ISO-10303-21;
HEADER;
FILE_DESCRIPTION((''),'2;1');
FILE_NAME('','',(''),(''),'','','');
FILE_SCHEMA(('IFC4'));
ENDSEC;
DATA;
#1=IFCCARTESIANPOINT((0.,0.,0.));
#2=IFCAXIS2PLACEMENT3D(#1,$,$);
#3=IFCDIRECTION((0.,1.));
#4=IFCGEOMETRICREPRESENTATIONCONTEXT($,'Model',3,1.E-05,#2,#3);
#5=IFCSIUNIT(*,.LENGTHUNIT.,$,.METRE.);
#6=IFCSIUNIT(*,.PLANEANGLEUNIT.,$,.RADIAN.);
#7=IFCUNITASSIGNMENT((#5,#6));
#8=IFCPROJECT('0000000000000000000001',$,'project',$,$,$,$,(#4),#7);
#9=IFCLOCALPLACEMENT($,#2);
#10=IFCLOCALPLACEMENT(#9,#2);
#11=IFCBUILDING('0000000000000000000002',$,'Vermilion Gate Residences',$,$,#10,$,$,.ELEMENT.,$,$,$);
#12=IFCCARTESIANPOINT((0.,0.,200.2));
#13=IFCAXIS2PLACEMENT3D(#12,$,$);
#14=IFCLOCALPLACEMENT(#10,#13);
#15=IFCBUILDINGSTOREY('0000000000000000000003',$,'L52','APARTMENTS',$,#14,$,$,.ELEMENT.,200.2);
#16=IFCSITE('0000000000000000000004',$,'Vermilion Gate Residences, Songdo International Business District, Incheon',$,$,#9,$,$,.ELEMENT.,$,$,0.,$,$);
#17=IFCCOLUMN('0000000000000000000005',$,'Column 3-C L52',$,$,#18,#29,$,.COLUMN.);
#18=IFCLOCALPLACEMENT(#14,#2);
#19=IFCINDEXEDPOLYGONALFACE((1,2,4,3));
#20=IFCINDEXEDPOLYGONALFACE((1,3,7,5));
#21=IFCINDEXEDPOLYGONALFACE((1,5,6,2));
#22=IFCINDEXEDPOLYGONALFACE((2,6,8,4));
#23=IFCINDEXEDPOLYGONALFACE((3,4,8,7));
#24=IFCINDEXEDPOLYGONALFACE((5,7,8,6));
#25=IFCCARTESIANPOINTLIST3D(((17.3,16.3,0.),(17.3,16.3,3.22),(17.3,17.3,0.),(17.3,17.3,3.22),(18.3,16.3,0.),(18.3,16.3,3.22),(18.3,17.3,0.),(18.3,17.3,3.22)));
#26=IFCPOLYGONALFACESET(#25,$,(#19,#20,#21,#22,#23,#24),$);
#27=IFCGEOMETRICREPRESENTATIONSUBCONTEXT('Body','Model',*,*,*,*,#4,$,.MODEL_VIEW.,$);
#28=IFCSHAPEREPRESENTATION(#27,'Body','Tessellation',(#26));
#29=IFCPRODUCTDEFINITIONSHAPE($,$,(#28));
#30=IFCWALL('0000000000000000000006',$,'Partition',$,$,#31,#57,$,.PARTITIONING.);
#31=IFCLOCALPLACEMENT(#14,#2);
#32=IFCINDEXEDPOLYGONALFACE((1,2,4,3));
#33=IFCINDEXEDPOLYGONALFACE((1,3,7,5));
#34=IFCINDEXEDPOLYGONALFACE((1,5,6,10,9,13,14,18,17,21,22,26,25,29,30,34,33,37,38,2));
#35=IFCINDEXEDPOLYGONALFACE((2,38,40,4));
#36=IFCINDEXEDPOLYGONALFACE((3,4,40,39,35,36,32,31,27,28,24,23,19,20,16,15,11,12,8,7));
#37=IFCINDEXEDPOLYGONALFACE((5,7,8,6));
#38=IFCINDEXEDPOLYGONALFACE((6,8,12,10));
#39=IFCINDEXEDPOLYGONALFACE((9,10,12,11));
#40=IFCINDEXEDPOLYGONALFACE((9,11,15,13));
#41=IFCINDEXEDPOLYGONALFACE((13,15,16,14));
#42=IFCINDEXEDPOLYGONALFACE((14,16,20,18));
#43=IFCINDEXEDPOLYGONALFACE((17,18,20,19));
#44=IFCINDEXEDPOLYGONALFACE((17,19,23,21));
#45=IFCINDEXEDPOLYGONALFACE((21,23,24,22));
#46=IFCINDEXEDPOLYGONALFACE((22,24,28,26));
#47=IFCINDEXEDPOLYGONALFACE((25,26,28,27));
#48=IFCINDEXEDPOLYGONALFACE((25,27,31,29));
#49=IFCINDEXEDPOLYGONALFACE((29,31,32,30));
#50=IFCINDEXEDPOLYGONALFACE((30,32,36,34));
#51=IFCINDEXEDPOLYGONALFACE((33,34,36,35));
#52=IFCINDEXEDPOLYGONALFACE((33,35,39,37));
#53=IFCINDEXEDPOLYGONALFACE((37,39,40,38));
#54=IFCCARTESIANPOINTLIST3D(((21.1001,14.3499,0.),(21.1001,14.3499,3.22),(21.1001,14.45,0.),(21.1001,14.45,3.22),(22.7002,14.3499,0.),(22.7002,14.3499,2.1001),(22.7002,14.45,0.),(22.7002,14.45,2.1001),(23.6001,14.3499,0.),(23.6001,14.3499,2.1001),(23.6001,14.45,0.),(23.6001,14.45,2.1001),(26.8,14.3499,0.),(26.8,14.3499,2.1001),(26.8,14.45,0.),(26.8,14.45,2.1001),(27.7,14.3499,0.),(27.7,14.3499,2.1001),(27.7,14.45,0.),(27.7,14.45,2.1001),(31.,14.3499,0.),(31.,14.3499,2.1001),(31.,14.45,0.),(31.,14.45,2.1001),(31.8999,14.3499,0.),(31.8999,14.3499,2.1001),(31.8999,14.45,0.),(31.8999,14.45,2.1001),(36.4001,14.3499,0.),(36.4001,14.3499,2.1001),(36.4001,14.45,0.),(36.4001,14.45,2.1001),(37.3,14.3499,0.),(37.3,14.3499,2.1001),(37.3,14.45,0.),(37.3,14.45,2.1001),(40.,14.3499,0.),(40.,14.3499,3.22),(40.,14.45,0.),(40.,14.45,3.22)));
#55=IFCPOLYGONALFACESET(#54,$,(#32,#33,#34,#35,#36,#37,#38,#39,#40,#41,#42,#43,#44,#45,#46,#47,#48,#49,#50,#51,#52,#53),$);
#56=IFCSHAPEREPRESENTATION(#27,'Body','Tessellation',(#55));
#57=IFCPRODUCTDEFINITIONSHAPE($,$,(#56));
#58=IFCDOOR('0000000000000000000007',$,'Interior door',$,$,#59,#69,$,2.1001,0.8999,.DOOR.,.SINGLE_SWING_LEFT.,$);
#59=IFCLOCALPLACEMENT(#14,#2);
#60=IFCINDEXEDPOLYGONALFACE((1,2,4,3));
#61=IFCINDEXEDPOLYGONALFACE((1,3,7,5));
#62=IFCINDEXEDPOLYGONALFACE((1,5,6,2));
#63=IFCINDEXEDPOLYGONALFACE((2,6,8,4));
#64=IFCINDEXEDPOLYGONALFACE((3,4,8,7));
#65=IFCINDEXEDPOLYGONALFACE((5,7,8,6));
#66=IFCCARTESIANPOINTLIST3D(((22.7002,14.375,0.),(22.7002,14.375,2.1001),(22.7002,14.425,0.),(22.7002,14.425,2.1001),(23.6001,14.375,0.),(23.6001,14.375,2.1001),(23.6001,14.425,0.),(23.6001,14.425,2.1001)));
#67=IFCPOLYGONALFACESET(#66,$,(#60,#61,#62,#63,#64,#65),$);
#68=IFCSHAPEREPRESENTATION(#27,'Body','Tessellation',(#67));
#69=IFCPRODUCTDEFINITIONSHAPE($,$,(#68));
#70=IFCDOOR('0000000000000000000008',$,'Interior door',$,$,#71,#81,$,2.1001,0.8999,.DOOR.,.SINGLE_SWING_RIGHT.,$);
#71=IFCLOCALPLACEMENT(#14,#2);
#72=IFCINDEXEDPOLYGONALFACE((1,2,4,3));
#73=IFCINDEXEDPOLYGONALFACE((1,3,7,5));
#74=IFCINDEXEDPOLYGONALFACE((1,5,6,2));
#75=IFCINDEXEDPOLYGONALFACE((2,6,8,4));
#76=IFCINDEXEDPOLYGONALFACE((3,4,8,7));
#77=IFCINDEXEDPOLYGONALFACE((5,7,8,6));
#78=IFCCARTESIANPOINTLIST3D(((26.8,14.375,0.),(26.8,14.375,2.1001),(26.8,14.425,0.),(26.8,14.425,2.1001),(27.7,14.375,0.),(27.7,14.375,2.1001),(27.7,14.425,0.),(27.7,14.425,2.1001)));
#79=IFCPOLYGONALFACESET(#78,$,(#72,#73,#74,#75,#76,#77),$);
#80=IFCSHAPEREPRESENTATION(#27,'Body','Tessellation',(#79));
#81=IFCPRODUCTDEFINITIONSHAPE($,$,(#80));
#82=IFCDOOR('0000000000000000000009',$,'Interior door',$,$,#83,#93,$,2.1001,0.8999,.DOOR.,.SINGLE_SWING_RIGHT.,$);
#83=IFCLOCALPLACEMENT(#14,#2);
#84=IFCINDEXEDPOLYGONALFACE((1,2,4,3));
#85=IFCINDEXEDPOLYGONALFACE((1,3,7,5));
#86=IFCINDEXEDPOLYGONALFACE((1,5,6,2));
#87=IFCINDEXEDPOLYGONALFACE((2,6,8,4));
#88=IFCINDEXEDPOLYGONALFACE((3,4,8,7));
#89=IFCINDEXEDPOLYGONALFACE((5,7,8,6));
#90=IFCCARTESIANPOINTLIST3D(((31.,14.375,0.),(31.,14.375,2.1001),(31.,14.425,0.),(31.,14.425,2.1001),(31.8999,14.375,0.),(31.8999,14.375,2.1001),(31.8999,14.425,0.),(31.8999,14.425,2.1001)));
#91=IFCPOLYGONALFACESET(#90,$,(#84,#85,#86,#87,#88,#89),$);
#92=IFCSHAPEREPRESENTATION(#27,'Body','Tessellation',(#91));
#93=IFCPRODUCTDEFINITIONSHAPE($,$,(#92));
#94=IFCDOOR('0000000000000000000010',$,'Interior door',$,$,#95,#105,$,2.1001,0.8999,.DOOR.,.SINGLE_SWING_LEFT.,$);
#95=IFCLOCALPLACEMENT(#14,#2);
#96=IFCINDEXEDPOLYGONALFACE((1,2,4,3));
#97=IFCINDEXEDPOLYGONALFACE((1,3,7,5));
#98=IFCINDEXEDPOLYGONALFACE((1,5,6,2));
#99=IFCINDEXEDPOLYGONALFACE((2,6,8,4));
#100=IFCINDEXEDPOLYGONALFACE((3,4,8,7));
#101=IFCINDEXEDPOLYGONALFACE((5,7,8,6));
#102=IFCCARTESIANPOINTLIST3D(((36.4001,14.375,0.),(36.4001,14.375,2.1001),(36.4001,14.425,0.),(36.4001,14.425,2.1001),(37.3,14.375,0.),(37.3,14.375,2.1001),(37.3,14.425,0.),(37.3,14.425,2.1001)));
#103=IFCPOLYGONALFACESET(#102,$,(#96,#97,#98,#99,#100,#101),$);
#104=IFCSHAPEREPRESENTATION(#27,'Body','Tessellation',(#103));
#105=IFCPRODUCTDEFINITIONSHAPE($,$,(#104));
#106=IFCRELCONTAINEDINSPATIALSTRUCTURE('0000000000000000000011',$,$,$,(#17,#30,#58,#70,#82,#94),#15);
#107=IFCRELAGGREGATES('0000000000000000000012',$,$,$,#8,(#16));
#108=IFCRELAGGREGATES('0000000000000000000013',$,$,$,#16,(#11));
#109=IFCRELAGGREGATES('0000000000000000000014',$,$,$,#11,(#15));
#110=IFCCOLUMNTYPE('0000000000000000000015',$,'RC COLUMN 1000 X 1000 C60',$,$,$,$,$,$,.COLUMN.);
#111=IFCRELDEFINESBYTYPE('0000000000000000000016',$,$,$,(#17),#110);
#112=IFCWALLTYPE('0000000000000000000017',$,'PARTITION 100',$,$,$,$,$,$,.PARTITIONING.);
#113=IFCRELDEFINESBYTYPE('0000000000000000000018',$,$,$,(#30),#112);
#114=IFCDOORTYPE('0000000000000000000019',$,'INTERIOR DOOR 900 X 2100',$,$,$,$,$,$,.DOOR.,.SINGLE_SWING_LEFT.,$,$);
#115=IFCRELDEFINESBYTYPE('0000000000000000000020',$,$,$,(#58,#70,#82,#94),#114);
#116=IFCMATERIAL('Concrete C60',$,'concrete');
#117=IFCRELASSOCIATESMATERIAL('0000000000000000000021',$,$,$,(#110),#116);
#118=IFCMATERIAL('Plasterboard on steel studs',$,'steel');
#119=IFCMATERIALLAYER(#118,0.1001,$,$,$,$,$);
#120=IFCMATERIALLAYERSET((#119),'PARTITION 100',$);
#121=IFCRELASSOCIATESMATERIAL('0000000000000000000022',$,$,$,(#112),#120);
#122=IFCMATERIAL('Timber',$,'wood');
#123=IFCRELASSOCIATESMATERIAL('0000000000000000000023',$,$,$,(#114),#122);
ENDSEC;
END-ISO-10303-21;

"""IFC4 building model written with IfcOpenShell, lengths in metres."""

from ifc_helpers import new_model, si_unit, direction, frame, frame_2d, origin, origin_2d, place, context, subcontext, project, spatial, rectangle, extrude, material, layer, layer_set, material_profile, profile_set, type_object, element, fill, save


model = new_model("IFC4")

# Units and contexts
model_context = context("Model", 3, precision=1e-05, world=origin(), true_north=direction((0.0, 1.0)))
body_context = subcontext(model_context, "Body", "Model", "MODEL_VIEW")
ifc_project = project(units=[si_unit("LENGTHUNIT", "METRE"), si_unit("PLANEANGLEUNIT", "RADIAN")], contexts=[model_context])

# Site, building, storey
site_placement = place(None, origin())
site = spatial("IfcSite", under=ifc_project, at=site_placement, Name="Vermilion Gate Residences, Songdo International Business District, Incheon", CompositionType="ELEMENT", RefElevation=0.0)
building_placement = place(site_placement, origin())
building = spatial("IfcBuilding", under=site, at=building_placement, Name="Vermilion Gate Residences", CompositionType="ELEMENT")
storey_placement = place(building_placement, frame((0.0, 0.0, 200.2)))
storey = spatial("IfcBuildingStorey", under=building, at=storey_placement, Name="L52", Description="APARTMENTS", CompositionType="ELEMENT", Elevation=200.2)

# Column
ifc_material_1 = material(Name="Concrete C60", Category="concrete")
ifc_material_profile = material_profile(ifc_material_1, rectangle(XDim=1.0, YDim=1.0, at=origin_2d()), Name="RC-1000x1000")
ifc_profile_set = profile_set([ifc_material_profile], Name="Concrete C60")
column_type = type_object("IfcColumnType", Name="RC COLUMN 1000 X 1000 C60", PredefinedType="COLUMN", material=ifc_profile_set)
column_placement = place(storey_placement, frame((17.8, 16.8, 0.0), z_axis=(0.0, 0.0, 1.0), x_axis=(1.0, 0.0, 0.0)))
element("IfcColumn", 1, at=column_placement, inside=storey, type_object=column_type, Name="Column 3-C L52", PredefinedType="COLUMN", context=body_context, shape_type="SweptSolid", body=[
    extrude(rectangle(XDim=1.0, YDim=1.0, at=origin_2d()), origin(), (0.0, 0.0, 1.0), 3.22),
])

# Wall, openings, doors
ifc_material_2 = material(Name="Plasterboard on steel studs", Category="steel")
ifc_layer_1 = layer(ifc_material_2, 0.1001)
ifc_layer_set_1 = layer_set([ifc_layer_1], Name="PARTITION 100")
wall_type_1 = type_object("IfcWallType", Name="PARTITION 100", PredefinedType="PARTITIONING", material=ifc_layer_set_1)
wall_1_placement = place(storey_placement, frame((21.1001, 14.3999, 0.0), z_axis=(0.0, 0.0, 1.0), x_axis=(1.0, 0.0, 0.0)))
wall_1 = element("IfcWall", 2, at=wall_1_placement, inside=storey, type_object=wall_type_1, Name="Partition", PredefinedType="PARTITIONING", context=body_context, shape_type="SweptSolid", body=[
    extrude(rectangle(XDim=18.8999, YDim=0.1001, at=frame_2d((9.45, 0.0))), origin(), (0.0, 0.0, 1.0), 3.22),
])
opening_1_placement = place(wall_1_placement, frame((1.6001, 0.0, 0.0)))
opening_1 = element("IfcOpeningElement", 3, at=opening_1_placement, cuts=wall_1, PredefinedType="OPENING", context=body_context, shape_type="SweptSolid", body=[
    extrude(rectangle(XDim=0.8999, YDim=2.1001, at=frame_2d((0.45, 1.05))), frame((0.0, 0.0601, 0.0), z_axis=(0.0, -1.0, 0.0), x_axis=(1.0, 0.0, 0.0)), (0.0, 0.0, 1.0), 0.1201),
])
opening_2_placement = place(wall_1_placement, frame((5.7, 0.0, 0.0)))
opening_2 = element("IfcOpeningElement", 4, at=opening_2_placement, cuts=wall_1, PredefinedType="OPENING", context=body_context, shape_type="SweptSolid", body=[
    extrude(rectangle(XDim=0.8999, YDim=2.1001, at=frame_2d((0.45, 1.05))), frame((0.0, 0.0601, 0.0), z_axis=(0.0, -1.0, 0.0), x_axis=(1.0, 0.0, 0.0)), (0.0, 0.0, 1.0), 0.1201),
])
opening_3_placement = place(wall_1_placement, frame((9.8999, 0.0, 0.0)))
opening_3 = element("IfcOpeningElement", 5, at=opening_3_placement, cuts=wall_1, PredefinedType="OPENING", context=body_context, shape_type="SweptSolid", body=[
    extrude(rectangle(XDim=0.8999, YDim=2.1001, at=frame_2d((0.45, 1.05))), frame((0.0, 0.0601, 0.0), z_axis=(0.0, -1.0, 0.0), x_axis=(1.0, 0.0, 0.0)), (0.0, 0.0, 1.0), 0.1201),
])
opening_4_placement = place(wall_1_placement, frame((15.3, 0.0, 0.0)))
opening_4 = element("IfcOpeningElement", 6, at=opening_4_placement, cuts=wall_1, PredefinedType="OPENING", context=body_context, shape_type="SweptSolid", body=[
    extrude(rectangle(XDim=0.8999, YDim=2.1001, at=frame_2d((0.45, 1.05))), frame((0.0, 0.0601, 0.0), z_axis=(0.0, -1.0, 0.0), x_axis=(1.0, 0.0, 0.0)), (0.0, 0.0, 1.0), 0.1201),
])
ifc_material_3 = material(Name="Timber", Category="wood")
door_type_1 = type_object("IfcDoorType", Name="INTERIOR DOOR 900 X 2100", OperationType="SINGLE_SWING_LEFT", PredefinedType="DOOR", material=ifc_material_3)
door_1_placement = place(opening_1_placement, frame((0.8999, 0.0, 0.0), z_axis=(0.0, 0.0, 1.0), x_axis=(-1.0, 0.0, 0.0)))
door_1 = element("IfcDoor", 7, at=door_1_placement, inside=storey, type_object=door_type_1, Name="Interior door", OperationType="SINGLE_SWING_LEFT", OverallHeight=2.1001, OverallWidth=0.8999, PredefinedType="DOOR", context=body_context, shape_type="SweptSolid", body=[
    extrude(rectangle(XDim=0.8999, YDim=2.1001, at=frame_2d((0.45, 1.05))), frame((0.0, 0.0249, 0.0), z_axis=(0.0, -1.0, 0.0), x_axis=(1.0, 0.0, 0.0)), (0.0, 0.0, 1.0), 0.05),
])
fill(opening_1, door_1)
door_2_placement = place(opening_2_placement, frame((0.8999, 0.0, 0.0), z_axis=(0.0, 0.0, 1.0), x_axis=(-1.0, 0.0, 0.0)))
door_2 = element("IfcDoor", 8, at=door_2_placement, inside=storey, type_object=door_type_1, Name="Interior door", OperationType="SINGLE_SWING_RIGHT", OverallHeight=2.1001, OverallWidth=0.8999, PredefinedType="DOOR", context=body_context, shape_type="SweptSolid", body=[
    extrude(rectangle(XDim=0.8999, YDim=2.1001, at=frame_2d((0.45, 1.05))), frame((0.0, 0.0249, 0.0), z_axis=(0.0, -1.0, 0.0), x_axis=(1.0, 0.0, 0.0)), (0.0, 0.0, 1.0), 0.05),
])
fill(opening_2, door_2)
door_3_placement = place(opening_3_placement, frame((0.8999, 0.0, 0.0), z_axis=(0.0, 0.0, 1.0), x_axis=(-1.0, 0.0, 0.0)))
door_3 = element("IfcDoor", 9, at=door_3_placement, inside=storey, type_object=door_type_1, Name="Interior door", OperationType="SINGLE_SWING_RIGHT", OverallHeight=2.1001, OverallWidth=0.8999, PredefinedType="DOOR", context=body_context, shape_type="SweptSolid", body=[
    extrude(rectangle(XDim=0.8999, YDim=2.1001, at=frame_2d((0.45, 1.05))), frame((0.0, 0.0249, 0.0), z_axis=(0.0, -1.0, 0.0), x_axis=(1.0, 0.0, 0.0)), (0.0, 0.0, 1.0), 0.05),
])
fill(opening_3, door_3)
door_4_placement = place(opening_4_placement, frame((0.8999, 0.0, 0.0), z_axis=(0.0, 0.0, 1.0), x_axis=(-1.0, 0.0, 0.0)))
door_4 = element("IfcDoor", 10, at=door_4_placement, inside=storey, type_object=door_type_1, Name="Interior door", OperationType="SINGLE_SWING_LEFT", OverallHeight=2.1001, OverallWidth=0.8999, PredefinedType="DOOR", context=body_context, shape_type="SweptSolid", body=[
    extrude(rectangle(XDim=0.8999, YDim=2.1001, at=frame_2d((0.45, 1.05))), frame((0.0, 0.0249, 0.0), z_axis=(0.0, -1.0, 0.0), x_axis=(1.0, 0.0, 0.0)), (0.0, 0.0, 1.0), 0.05),
])
fill(opening_4, door_4)

save(model, "model.ifc")
